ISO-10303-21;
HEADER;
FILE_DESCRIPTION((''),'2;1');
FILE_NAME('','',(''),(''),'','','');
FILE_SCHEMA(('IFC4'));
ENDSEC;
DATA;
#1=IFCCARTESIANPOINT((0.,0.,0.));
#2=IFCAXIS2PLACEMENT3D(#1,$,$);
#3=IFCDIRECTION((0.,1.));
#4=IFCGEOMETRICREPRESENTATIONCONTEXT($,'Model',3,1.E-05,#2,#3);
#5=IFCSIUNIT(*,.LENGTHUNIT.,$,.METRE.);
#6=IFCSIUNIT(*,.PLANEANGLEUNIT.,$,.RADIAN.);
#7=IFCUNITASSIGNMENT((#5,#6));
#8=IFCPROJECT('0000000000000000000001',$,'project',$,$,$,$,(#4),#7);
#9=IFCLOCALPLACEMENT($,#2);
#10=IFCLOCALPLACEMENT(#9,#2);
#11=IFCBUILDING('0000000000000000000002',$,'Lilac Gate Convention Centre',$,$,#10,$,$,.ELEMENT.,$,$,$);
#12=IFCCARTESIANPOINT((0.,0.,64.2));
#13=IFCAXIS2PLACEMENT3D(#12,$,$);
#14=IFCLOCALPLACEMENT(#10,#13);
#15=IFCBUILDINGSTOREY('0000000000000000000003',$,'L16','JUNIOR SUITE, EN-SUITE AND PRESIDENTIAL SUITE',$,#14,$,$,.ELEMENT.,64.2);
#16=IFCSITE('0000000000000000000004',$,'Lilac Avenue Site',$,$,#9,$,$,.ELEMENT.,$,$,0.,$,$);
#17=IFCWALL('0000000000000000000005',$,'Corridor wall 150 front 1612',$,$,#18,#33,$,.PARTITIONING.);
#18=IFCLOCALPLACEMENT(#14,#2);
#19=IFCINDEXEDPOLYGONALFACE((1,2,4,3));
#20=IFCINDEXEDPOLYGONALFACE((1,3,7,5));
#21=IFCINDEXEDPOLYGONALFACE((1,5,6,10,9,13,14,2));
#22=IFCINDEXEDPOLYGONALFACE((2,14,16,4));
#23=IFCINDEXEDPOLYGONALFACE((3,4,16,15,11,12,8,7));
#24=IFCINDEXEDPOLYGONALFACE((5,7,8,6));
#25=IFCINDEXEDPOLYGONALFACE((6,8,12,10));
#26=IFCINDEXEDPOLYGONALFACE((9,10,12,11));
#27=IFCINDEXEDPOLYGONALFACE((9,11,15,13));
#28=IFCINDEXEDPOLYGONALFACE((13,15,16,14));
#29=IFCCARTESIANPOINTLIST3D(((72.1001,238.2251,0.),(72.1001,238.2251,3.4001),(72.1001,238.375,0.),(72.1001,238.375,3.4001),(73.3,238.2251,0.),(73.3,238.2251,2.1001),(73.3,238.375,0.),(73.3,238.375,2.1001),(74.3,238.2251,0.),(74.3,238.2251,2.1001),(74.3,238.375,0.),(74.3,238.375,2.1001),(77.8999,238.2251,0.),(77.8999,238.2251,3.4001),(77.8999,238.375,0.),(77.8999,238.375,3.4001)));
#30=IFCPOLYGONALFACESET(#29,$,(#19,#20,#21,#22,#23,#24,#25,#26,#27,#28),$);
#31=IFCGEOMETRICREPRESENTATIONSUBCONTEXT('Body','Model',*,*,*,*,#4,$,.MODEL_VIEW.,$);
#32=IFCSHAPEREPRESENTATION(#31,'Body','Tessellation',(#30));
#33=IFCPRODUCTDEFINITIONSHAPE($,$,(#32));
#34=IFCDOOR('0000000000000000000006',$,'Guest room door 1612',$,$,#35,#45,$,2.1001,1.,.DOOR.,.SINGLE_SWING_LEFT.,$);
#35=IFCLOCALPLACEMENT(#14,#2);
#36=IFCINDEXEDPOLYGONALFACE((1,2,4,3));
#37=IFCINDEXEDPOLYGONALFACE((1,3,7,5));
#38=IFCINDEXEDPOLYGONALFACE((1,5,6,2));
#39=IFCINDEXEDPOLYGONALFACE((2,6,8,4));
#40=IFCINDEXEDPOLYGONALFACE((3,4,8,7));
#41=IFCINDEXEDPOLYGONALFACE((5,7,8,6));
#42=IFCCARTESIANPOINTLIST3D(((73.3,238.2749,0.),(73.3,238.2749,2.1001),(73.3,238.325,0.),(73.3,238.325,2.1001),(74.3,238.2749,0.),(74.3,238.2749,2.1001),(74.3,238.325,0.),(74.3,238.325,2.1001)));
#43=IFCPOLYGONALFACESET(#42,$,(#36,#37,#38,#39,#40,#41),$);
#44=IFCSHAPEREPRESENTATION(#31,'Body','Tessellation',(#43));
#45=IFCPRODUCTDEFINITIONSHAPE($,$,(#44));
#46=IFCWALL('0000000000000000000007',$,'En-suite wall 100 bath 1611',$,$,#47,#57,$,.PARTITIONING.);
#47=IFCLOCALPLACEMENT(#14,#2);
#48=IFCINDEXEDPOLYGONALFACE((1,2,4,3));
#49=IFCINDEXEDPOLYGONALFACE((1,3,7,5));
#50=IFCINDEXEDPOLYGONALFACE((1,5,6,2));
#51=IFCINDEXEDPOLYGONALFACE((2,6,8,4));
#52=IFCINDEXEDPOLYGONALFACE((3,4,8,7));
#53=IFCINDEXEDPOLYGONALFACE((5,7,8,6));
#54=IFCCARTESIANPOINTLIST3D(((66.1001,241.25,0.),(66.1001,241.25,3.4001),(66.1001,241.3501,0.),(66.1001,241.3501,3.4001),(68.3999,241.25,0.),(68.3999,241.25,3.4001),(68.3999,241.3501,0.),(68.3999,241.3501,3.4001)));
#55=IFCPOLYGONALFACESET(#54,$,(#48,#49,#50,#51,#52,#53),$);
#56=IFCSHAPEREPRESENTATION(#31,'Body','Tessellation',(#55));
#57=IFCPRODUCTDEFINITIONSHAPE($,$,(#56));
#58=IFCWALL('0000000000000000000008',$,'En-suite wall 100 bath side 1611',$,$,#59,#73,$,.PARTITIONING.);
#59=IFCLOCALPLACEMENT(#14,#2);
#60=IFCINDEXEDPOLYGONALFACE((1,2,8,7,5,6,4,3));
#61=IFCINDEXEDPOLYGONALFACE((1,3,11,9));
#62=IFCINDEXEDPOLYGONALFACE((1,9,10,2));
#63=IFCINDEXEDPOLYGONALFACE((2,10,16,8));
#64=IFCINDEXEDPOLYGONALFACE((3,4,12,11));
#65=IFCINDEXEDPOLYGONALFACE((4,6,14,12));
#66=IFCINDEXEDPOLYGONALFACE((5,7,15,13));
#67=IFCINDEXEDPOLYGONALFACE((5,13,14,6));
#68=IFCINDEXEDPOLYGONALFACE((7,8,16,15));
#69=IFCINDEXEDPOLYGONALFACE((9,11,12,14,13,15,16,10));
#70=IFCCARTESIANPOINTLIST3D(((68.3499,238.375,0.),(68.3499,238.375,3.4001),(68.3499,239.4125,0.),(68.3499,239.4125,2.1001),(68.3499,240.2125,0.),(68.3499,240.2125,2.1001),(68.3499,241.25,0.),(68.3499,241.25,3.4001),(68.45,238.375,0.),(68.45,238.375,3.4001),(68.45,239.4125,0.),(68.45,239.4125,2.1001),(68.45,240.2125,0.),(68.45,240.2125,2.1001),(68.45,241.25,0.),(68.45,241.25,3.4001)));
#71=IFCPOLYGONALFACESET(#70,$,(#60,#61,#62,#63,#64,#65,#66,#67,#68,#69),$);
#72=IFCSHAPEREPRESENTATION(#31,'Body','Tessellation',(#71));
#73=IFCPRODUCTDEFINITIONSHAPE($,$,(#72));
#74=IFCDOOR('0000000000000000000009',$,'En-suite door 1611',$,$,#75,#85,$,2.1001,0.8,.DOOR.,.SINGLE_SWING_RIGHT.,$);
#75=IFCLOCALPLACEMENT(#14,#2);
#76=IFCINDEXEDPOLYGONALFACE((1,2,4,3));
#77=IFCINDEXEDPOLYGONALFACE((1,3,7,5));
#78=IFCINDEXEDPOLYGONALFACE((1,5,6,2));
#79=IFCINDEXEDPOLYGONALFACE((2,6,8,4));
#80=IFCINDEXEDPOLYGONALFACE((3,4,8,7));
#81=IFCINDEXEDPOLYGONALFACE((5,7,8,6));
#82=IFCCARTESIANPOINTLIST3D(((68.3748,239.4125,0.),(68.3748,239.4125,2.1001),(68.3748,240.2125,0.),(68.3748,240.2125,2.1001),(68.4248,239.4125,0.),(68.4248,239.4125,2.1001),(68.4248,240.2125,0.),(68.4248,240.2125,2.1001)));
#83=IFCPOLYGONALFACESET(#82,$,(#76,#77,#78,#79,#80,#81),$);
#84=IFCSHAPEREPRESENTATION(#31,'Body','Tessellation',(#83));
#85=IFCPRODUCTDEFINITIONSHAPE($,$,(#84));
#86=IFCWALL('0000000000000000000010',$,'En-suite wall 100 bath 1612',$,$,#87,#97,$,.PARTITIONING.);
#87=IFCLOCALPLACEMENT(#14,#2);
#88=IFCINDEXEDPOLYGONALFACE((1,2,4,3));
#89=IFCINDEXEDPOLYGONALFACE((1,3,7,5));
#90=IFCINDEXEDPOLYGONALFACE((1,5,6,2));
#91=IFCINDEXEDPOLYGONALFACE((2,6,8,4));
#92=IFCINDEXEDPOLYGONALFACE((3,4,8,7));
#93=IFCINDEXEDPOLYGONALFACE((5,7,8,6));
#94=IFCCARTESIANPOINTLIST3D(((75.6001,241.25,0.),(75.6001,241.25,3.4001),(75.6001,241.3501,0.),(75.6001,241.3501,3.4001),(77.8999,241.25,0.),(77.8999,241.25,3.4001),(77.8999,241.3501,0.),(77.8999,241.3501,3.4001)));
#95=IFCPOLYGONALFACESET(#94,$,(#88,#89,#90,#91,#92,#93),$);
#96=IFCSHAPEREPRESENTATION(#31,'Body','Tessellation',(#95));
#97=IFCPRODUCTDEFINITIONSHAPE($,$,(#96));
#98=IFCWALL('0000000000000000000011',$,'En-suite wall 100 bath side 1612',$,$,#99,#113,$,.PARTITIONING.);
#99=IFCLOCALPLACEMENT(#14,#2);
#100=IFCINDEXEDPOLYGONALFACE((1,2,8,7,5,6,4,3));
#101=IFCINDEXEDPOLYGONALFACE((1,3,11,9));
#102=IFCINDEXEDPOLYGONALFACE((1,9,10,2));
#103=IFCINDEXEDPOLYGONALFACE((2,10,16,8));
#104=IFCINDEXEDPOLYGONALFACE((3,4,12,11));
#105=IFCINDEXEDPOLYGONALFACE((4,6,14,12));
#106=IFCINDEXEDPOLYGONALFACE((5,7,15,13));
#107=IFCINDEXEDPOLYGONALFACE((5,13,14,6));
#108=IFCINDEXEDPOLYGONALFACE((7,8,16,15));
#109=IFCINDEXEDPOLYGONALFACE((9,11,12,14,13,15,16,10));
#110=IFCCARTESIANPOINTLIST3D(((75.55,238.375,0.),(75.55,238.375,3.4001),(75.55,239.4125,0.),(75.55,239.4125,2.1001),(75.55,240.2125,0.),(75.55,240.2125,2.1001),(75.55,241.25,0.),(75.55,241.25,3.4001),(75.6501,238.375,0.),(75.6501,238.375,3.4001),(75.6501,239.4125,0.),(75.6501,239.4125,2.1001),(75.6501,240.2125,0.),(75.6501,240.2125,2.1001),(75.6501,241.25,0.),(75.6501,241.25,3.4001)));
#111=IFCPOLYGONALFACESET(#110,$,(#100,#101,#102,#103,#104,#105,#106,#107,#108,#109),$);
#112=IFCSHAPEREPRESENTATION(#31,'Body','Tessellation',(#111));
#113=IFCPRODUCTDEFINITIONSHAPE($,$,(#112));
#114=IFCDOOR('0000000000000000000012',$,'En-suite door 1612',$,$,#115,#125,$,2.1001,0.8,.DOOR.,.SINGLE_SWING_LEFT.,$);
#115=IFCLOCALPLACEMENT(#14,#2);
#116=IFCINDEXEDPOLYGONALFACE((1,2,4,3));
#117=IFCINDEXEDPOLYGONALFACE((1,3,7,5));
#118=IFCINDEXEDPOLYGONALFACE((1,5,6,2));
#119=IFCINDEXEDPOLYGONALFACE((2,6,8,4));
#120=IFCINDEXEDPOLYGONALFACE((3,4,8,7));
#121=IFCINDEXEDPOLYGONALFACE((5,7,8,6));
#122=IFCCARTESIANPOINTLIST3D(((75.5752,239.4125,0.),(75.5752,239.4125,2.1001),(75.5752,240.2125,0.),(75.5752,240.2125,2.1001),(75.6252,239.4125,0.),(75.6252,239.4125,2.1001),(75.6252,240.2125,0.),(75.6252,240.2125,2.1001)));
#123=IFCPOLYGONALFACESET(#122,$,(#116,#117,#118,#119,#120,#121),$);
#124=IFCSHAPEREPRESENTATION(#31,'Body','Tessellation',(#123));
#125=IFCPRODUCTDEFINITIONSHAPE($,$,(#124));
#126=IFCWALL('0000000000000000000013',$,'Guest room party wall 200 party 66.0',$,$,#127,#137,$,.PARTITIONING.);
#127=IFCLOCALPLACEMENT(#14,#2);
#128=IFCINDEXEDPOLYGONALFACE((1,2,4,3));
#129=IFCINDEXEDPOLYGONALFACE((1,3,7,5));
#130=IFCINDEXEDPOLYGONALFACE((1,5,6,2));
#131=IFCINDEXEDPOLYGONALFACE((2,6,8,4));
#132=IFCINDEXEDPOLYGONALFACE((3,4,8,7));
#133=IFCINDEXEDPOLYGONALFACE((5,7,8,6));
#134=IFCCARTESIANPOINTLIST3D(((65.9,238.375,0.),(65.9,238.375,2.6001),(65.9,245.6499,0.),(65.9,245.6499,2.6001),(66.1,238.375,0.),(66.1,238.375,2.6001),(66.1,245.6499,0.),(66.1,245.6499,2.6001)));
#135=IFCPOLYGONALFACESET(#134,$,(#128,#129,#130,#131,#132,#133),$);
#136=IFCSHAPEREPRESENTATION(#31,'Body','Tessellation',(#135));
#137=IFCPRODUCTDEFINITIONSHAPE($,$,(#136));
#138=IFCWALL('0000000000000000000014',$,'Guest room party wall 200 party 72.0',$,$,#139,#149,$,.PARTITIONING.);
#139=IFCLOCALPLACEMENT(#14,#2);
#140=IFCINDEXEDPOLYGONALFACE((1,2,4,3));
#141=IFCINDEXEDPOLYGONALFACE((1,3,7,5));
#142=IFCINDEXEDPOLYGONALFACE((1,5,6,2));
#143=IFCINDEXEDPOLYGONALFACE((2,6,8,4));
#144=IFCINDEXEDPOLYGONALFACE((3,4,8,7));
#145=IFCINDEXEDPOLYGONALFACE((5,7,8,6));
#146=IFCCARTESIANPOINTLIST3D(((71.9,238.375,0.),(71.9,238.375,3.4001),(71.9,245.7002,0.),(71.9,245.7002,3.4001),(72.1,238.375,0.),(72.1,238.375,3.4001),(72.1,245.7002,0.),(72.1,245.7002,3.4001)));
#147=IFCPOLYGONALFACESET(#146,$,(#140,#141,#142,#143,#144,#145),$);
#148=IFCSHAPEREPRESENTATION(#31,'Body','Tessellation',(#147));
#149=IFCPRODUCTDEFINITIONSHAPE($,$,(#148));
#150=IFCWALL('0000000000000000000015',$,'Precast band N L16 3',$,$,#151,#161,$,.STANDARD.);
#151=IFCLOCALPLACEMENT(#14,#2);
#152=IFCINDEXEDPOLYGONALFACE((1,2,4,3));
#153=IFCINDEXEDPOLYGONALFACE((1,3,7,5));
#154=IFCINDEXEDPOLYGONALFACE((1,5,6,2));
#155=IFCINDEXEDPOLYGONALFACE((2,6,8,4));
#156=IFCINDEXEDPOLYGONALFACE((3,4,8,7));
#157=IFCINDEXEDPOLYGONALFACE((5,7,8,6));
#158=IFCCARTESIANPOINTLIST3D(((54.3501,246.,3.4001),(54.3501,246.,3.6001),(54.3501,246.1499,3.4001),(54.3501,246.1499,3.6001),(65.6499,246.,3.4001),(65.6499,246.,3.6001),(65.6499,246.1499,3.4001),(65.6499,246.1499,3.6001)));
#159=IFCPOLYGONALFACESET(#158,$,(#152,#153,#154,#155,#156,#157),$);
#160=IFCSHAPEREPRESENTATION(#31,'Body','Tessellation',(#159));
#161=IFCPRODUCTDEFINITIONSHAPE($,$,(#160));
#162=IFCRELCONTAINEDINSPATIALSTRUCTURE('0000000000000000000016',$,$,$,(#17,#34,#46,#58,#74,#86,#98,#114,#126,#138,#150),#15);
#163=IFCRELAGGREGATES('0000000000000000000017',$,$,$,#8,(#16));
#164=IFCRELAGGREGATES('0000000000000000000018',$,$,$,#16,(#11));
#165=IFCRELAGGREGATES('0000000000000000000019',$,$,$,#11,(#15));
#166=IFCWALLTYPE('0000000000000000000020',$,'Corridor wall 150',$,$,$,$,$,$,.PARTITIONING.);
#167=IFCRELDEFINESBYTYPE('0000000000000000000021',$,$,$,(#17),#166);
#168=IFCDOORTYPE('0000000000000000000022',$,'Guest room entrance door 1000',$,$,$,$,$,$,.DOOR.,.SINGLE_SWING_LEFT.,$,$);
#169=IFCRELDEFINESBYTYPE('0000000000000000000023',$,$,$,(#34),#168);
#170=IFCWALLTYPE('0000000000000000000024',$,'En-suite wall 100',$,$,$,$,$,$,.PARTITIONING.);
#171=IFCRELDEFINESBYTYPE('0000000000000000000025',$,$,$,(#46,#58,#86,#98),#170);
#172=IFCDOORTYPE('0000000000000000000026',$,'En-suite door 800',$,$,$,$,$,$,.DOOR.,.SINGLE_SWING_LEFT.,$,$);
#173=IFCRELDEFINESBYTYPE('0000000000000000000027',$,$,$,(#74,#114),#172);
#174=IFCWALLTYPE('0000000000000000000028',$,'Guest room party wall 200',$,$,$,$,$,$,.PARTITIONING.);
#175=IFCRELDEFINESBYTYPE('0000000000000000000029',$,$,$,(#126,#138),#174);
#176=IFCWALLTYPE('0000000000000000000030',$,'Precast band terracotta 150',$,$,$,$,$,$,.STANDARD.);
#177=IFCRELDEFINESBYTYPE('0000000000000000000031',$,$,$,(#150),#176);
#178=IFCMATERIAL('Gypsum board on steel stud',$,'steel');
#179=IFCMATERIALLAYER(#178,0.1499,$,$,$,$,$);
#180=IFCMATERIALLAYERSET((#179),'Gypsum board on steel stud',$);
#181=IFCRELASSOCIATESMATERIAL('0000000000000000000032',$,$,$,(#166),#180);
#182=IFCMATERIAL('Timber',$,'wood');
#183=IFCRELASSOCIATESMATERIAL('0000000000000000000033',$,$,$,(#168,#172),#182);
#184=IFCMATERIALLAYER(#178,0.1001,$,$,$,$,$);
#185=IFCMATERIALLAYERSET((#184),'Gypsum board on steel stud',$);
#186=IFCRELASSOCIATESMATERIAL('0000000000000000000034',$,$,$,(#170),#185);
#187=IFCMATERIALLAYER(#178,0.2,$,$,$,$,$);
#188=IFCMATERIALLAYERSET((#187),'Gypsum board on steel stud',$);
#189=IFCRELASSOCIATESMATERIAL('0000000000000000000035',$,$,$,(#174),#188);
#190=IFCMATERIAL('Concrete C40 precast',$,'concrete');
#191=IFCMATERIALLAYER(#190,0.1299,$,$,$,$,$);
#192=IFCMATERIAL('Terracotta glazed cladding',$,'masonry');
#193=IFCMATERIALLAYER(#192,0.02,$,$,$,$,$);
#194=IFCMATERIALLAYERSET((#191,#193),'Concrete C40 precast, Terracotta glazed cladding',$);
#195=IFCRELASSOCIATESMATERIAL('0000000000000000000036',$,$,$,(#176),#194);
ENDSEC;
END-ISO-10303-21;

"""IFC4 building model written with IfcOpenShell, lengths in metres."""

from ifc_helpers import new_model, si_unit, direction, frame, frame_2d, origin, place, context, subcontext, project, spatial, rectangle, extrude, material, layer, layer_set, type_object, element, fill, save


model = new_model("IFC4")

# Units and contexts
model_context = context("Model", 3, precision=1e-05, world=origin(), true_north=direction((0.0, 1.0)))
body_context = subcontext(model_context, "Body", "Model", "MODEL_VIEW")
ifc_project = project(units=[si_unit("LENGTHUNIT", "METRE"), si_unit("PLANEANGLEUNIT", "RADIAN")], contexts=[model_context])

# Site, building, storey
site_placement = place(None, origin())
site = spatial("IfcSite", under=ifc_project, at=site_placement, Name="Lilac Avenue Site", CompositionType="ELEMENT", RefElevation=0.0)
building_placement = place(site_placement, origin())
building = spatial("IfcBuilding", under=site, at=building_placement, Name="Lilac Gate Convention Centre", CompositionType="ELEMENT")
storey_placement = place(building_placement, frame((0.0, 0.0, 64.2)))
storey = spatial("IfcBuildingStorey", under=building, at=storey_placement, Name="L16", Description="JUNIOR SUITE, EN-SUITE AND PRESIDENTIAL SUITE", CompositionType="ELEMENT", Elevation=64.2)

# Wall, opening, door
ifc_material_1 = material(Name="Gypsum board on steel stud", Category="steel")
ifc_layer_1 = layer(ifc_material_1, 0.1499)
ifc_layer_set_1 = layer_set([ifc_layer_1], Name="Gypsum board on steel stud")
wall_type_1 = type_object("IfcWallType", Name="Corridor wall 150", PredefinedType="PARTITIONING", material=ifc_layer_set_1)
ifc_material_2 = material(Name="Timber", Category="wood")
door_type_1 = type_object("IfcDoorType", Name="Guest room entrance door 1000", OperationType="SINGLE_SWING_LEFT", PredefinedType="DOOR", material=ifc_material_2)
wall_1_placement = place(storey_placement, frame((72.1001, 238.3, 0.0), z_axis=(0.0, 0.0, 1.0), x_axis=(1.0, 0.0, 0.0)))
wall_1 = element("IfcWall", 1, at=wall_1_placement, inside=storey, type_object=wall_type_1, Name="Corridor wall 150 front 1612", PredefinedType="PARTITIONING", context=body_context, shape_type="SweptSolid", body=[
    extrude(rectangle(XDim=5.7998, YDim=0.1499, at=frame_2d((2.8999, 0.0))), origin(), (0.0, 0.0, 1.0), 3.4001),
])
opening_1_placement = place(wall_1_placement, frame((1.2, 0.0, 0.0)))
opening_1 = element("IfcOpeningElement", 2, at=opening_1_placement, cuts=wall_1, PredefinedType="OPENING", context=body_context, shape_type="SweptSolid", body=[
    extrude(rectangle(XDim=1.0, YDim=2.1001, at=frame_2d((0.5, 1.05))), frame((0.0, 0.085, 0.0), z_axis=(0.0, -1.0, 0.0), x_axis=(1.0, 0.0, 0.0)), (0.0, 0.0, 1.0), 0.1699),
])
door_1_placement = place(opening_1_placement, origin())
door_1 = element("IfcDoor", 3, at=door_1_placement, inside=storey, type_object=door_type_1, Name="Guest room door 1612", OperationType="SINGLE_SWING_LEFT", OverallHeight=2.1001, OverallWidth=1.0, PredefinedType="DOOR", context=body_context, shape_type="SweptSolid", body=[
    extrude(rectangle(XDim=1.0, YDim=2.1001, at=frame_2d((0.5, 1.05))), frame((0.0, 0.0249, 0.0), z_axis=(0.0, -1.0, 0.0), x_axis=(1.0, 0.0, 0.0)), (0.0, 0.0, 1.0), 0.05),
])
fill(opening_1, door_1)

# Wall
ifc_layer_2 = layer(ifc_material_1, 0.1001)
ifc_layer_set_2 = layer_set([ifc_layer_2], Name="Gypsum board on steel stud")
wall_type_2 = type_object("IfcWallType", Name="En-suite wall 100", PredefinedType="PARTITIONING", material=ifc_layer_set_2)
wall_2_placement = place(storey_placement, frame((66.1001, 241.3, 0.0), z_axis=(0.0, 0.0, 1.0), x_axis=(1.0, 0.0, 0.0)))
element("IfcWall", 4, at=wall_2_placement, inside=storey, type_object=wall_type_2, Name="En-suite wall 100 bath 1611", PredefinedType="PARTITIONING", context=body_context, shape_type="SweptSolid", body=[
    extrude(rectangle(XDim=2.2998, YDim=0.1001, at=frame_2d((1.1499, 0.0))), origin(), (0.0, 0.0, 1.0), 3.4001),
])

# Wall, opening, door
wall_3_placement = place(storey_placement, frame((68.3999, 241.25, 0.0), z_axis=(0.0, 0.0, 1.0), x_axis=(0.0, -1.0, 0.0)))
wall_3 = element("IfcWall", 5, at=wall_3_placement, inside=storey, type_object=wall_type_2, Name="En-suite wall 100 bath side 1611", PredefinedType="PARTITIONING", context=body_context, shape_type="SweptSolid", body=[
    extrude(rectangle(XDim=2.875, YDim=0.1001, at=frame_2d((1.4375, 0.0))), origin(), (0.0, 0.0, 1.0), 3.4001),
])
opening_2_placement = place(wall_3_placement, frame((1.0376, 0.0, 0.0)))
opening_2 = element("IfcOpeningElement", 6, at=opening_2_placement, cuts=wall_3, PredefinedType="OPENING", context=body_context, shape_type="SweptSolid", body=[
    extrude(rectangle(XDim=0.8, YDim=2.1001, at=frame_2d((0.3999, 1.05))), frame((0.0, 0.0601, 0.0), z_axis=(0.0, -1.0, 0.0), x_axis=(1.0, 0.0, 0.0)), (0.0, 0.0, 1.0), 0.1201),
])
door_type_2 = type_object("IfcDoorType", Name="En-suite door 800", OperationType="SINGLE_SWING_LEFT", PredefinedType="DOOR", material=ifc_material_2)
door_2_placement = place(opening_2_placement, origin())
door_2 = element("IfcDoor", 7, at=door_2_placement, inside=storey, type_object=door_type_2, Name="En-suite door 1611", OperationType="SINGLE_SWING_RIGHT", OverallHeight=2.1001, OverallWidth=0.8, PredefinedType="DOOR", context=body_context, shape_type="SweptSolid", body=[
    extrude(rectangle(XDim=0.8, YDim=2.1001, at=frame_2d((0.3999, 1.05))), frame((0.0, 0.0249, 0.0), z_axis=(0.0, -1.0, 0.0), x_axis=(1.0, 0.0, 0.0)), (0.0, 0.0, 1.0), 0.05),
])
fill(opening_2, door_2)

# Wall
wall_4_placement = place(storey_placement, frame((75.6001, 241.3, 0.0), z_axis=(0.0, 0.0, 1.0), x_axis=(1.0, 0.0, 0.0)))
element("IfcWall", 8, at=wall_4_placement, inside=storey, type_object=wall_type_2, Name="En-suite wall 100 bath 1612", PredefinedType="PARTITIONING", context=body_context, shape_type="SweptSolid", body=[
    extrude(rectangle(XDim=2.2998, YDim=0.1001, at=frame_2d((1.1499, 0.0))), origin(), (0.0, 0.0, 1.0), 3.4001),
])

# Wall, opening, door
wall_5_placement = place(storey_placement, frame((75.6001, 238.375, 0.0), z_axis=(0.0, 0.0, 1.0), x_axis=(0.0, 1.0, 0.0)))
wall_5 = element("IfcWall", 9, at=wall_5_placement, inside=storey, type_object=wall_type_2, Name="En-suite wall 100 bath side 1612", PredefinedType="PARTITIONING", context=body_context, shape_type="SweptSolid", body=[
    extrude(rectangle(XDim=2.875, YDim=0.1001, at=frame_2d((1.4375, 0.0))), origin(), (0.0, 0.0, 1.0), 3.4001),
])
opening_3_placement = place(wall_5_placement, frame((1.0376, 0.0, 0.0)))
opening_3 = element("IfcOpeningElement", 10, at=opening_3_placement, cuts=wall_5, PredefinedType="OPENING", context=body_context, shape_type="SweptSolid", body=[
    extrude(rectangle(XDim=0.8, YDim=2.1001, at=frame_2d((0.3999, 1.05))), frame((0.0, 0.0601, 0.0), z_axis=(0.0, -1.0, 0.0), x_axis=(1.0, 0.0, 0.0)), (0.0, 0.0, 1.0), 0.1201),
])
door_3_placement = place(opening_3_placement, origin())
door_3 = element("IfcDoor", 11, at=door_3_placement, inside=storey, type_object=door_type_2, Name="En-suite door 1612", OperationType="SINGLE_SWING_LEFT", OverallHeight=2.1001, OverallWidth=0.8, PredefinedType="DOOR", context=body_context, shape_type="SweptSolid", body=[
    extrude(rectangle(XDim=0.8, YDim=2.1001, at=frame_2d((0.3999, 1.05))), frame((0.0, 0.0249, 0.0), z_axis=(0.0, -1.0, 0.0), x_axis=(1.0, 0.0, 0.0)), (0.0, 0.0, 1.0), 0.05),
])
fill(opening_3, door_3)

# Walls
ifc_layer_3 = layer(ifc_material_1, 0.2)
ifc_layer_set_3 = layer_set([ifc_layer_3], Name="Gypsum board on steel stud")
wall_type_3 = type_object("IfcWallType", Name="Guest room party wall 200", PredefinedType="PARTITIONING", material=ifc_layer_set_3)
wall_6_placement = place(storey_placement, frame((66.0, 245.6499, 0.0), z_axis=(0.0, 0.0, 1.0), x_axis=(0.0, -1.0, 0.0)))
element("IfcWall", 12, at=wall_6_placement, inside=storey, type_object=wall_type_3, Name="Guest room party wall 200 party 66.0", PredefinedType="PARTITIONING", context=body_context, shape_type="SweptSolid", body=[
    extrude(rectangle(XDim=7.2749, YDim=0.2, at=frame_2d((3.6375, 0.0))), origin(), (0.0, 0.0, 1.0), 2.6001),
])
wall_7_placement = place(storey_placement, frame((72.0, 245.7002, 0.0), z_axis=(0.0, 0.0, 1.0), x_axis=(0.0, -1.0, 0.0)))
element("IfcWall", 13, at=wall_7_placement, inside=storey, type_object=wall_type_3, Name="Guest room party wall 200 party 72.0", PredefinedType="PARTITIONING", context=body_context, shape_type="SweptSolid", body=[
    extrude(rectangle(XDim=7.3252, YDim=0.2, at=frame_2d((3.6626, 0.0))), origin(), (0.0, 0.0, 1.0), 3.4001),
])
ifc_material_3 = material(Name="Concrete C40 precast", Category="concrete")
ifc_layer_4 = layer(ifc_material_3, 0.1299)
ifc_material_4 = material(Name="Terracotta glazed cladding", Category="masonry")
ifc_layer_5 = layer(ifc_material_4, 0.02)
ifc_layer_set_4 = layer_set([ifc_layer_4, ifc_layer_5], Name="Concrete C40 precast, Terracotta glazed cladding")
wall_type_4 = type_object("IfcWallType", Name="Precast band terracotta 150", PredefinedType="STANDARD", material=ifc_layer_set_4)
wall_8_placement = place(storey_placement, frame((65.6499, 246.075, 3.4001), z_axis=(0.0, 0.0, 1.0), x_axis=(-1.0, 0.0, 0.0)))
element("IfcWall", 14, at=wall_8_placement, inside=storey, type_object=wall_type_4, Name="Precast band N L16 3", PredefinedType="STANDARD", context=body_context, shape_type="SweptSolid", body=[
    extrude(rectangle(XDim=11.2998, YDim=0.1499, at=frame_2d((5.6499, 0.0))), origin(), (0.0, 0.0, 1.0), 0.2),
])

save(model, "model.ifc")
